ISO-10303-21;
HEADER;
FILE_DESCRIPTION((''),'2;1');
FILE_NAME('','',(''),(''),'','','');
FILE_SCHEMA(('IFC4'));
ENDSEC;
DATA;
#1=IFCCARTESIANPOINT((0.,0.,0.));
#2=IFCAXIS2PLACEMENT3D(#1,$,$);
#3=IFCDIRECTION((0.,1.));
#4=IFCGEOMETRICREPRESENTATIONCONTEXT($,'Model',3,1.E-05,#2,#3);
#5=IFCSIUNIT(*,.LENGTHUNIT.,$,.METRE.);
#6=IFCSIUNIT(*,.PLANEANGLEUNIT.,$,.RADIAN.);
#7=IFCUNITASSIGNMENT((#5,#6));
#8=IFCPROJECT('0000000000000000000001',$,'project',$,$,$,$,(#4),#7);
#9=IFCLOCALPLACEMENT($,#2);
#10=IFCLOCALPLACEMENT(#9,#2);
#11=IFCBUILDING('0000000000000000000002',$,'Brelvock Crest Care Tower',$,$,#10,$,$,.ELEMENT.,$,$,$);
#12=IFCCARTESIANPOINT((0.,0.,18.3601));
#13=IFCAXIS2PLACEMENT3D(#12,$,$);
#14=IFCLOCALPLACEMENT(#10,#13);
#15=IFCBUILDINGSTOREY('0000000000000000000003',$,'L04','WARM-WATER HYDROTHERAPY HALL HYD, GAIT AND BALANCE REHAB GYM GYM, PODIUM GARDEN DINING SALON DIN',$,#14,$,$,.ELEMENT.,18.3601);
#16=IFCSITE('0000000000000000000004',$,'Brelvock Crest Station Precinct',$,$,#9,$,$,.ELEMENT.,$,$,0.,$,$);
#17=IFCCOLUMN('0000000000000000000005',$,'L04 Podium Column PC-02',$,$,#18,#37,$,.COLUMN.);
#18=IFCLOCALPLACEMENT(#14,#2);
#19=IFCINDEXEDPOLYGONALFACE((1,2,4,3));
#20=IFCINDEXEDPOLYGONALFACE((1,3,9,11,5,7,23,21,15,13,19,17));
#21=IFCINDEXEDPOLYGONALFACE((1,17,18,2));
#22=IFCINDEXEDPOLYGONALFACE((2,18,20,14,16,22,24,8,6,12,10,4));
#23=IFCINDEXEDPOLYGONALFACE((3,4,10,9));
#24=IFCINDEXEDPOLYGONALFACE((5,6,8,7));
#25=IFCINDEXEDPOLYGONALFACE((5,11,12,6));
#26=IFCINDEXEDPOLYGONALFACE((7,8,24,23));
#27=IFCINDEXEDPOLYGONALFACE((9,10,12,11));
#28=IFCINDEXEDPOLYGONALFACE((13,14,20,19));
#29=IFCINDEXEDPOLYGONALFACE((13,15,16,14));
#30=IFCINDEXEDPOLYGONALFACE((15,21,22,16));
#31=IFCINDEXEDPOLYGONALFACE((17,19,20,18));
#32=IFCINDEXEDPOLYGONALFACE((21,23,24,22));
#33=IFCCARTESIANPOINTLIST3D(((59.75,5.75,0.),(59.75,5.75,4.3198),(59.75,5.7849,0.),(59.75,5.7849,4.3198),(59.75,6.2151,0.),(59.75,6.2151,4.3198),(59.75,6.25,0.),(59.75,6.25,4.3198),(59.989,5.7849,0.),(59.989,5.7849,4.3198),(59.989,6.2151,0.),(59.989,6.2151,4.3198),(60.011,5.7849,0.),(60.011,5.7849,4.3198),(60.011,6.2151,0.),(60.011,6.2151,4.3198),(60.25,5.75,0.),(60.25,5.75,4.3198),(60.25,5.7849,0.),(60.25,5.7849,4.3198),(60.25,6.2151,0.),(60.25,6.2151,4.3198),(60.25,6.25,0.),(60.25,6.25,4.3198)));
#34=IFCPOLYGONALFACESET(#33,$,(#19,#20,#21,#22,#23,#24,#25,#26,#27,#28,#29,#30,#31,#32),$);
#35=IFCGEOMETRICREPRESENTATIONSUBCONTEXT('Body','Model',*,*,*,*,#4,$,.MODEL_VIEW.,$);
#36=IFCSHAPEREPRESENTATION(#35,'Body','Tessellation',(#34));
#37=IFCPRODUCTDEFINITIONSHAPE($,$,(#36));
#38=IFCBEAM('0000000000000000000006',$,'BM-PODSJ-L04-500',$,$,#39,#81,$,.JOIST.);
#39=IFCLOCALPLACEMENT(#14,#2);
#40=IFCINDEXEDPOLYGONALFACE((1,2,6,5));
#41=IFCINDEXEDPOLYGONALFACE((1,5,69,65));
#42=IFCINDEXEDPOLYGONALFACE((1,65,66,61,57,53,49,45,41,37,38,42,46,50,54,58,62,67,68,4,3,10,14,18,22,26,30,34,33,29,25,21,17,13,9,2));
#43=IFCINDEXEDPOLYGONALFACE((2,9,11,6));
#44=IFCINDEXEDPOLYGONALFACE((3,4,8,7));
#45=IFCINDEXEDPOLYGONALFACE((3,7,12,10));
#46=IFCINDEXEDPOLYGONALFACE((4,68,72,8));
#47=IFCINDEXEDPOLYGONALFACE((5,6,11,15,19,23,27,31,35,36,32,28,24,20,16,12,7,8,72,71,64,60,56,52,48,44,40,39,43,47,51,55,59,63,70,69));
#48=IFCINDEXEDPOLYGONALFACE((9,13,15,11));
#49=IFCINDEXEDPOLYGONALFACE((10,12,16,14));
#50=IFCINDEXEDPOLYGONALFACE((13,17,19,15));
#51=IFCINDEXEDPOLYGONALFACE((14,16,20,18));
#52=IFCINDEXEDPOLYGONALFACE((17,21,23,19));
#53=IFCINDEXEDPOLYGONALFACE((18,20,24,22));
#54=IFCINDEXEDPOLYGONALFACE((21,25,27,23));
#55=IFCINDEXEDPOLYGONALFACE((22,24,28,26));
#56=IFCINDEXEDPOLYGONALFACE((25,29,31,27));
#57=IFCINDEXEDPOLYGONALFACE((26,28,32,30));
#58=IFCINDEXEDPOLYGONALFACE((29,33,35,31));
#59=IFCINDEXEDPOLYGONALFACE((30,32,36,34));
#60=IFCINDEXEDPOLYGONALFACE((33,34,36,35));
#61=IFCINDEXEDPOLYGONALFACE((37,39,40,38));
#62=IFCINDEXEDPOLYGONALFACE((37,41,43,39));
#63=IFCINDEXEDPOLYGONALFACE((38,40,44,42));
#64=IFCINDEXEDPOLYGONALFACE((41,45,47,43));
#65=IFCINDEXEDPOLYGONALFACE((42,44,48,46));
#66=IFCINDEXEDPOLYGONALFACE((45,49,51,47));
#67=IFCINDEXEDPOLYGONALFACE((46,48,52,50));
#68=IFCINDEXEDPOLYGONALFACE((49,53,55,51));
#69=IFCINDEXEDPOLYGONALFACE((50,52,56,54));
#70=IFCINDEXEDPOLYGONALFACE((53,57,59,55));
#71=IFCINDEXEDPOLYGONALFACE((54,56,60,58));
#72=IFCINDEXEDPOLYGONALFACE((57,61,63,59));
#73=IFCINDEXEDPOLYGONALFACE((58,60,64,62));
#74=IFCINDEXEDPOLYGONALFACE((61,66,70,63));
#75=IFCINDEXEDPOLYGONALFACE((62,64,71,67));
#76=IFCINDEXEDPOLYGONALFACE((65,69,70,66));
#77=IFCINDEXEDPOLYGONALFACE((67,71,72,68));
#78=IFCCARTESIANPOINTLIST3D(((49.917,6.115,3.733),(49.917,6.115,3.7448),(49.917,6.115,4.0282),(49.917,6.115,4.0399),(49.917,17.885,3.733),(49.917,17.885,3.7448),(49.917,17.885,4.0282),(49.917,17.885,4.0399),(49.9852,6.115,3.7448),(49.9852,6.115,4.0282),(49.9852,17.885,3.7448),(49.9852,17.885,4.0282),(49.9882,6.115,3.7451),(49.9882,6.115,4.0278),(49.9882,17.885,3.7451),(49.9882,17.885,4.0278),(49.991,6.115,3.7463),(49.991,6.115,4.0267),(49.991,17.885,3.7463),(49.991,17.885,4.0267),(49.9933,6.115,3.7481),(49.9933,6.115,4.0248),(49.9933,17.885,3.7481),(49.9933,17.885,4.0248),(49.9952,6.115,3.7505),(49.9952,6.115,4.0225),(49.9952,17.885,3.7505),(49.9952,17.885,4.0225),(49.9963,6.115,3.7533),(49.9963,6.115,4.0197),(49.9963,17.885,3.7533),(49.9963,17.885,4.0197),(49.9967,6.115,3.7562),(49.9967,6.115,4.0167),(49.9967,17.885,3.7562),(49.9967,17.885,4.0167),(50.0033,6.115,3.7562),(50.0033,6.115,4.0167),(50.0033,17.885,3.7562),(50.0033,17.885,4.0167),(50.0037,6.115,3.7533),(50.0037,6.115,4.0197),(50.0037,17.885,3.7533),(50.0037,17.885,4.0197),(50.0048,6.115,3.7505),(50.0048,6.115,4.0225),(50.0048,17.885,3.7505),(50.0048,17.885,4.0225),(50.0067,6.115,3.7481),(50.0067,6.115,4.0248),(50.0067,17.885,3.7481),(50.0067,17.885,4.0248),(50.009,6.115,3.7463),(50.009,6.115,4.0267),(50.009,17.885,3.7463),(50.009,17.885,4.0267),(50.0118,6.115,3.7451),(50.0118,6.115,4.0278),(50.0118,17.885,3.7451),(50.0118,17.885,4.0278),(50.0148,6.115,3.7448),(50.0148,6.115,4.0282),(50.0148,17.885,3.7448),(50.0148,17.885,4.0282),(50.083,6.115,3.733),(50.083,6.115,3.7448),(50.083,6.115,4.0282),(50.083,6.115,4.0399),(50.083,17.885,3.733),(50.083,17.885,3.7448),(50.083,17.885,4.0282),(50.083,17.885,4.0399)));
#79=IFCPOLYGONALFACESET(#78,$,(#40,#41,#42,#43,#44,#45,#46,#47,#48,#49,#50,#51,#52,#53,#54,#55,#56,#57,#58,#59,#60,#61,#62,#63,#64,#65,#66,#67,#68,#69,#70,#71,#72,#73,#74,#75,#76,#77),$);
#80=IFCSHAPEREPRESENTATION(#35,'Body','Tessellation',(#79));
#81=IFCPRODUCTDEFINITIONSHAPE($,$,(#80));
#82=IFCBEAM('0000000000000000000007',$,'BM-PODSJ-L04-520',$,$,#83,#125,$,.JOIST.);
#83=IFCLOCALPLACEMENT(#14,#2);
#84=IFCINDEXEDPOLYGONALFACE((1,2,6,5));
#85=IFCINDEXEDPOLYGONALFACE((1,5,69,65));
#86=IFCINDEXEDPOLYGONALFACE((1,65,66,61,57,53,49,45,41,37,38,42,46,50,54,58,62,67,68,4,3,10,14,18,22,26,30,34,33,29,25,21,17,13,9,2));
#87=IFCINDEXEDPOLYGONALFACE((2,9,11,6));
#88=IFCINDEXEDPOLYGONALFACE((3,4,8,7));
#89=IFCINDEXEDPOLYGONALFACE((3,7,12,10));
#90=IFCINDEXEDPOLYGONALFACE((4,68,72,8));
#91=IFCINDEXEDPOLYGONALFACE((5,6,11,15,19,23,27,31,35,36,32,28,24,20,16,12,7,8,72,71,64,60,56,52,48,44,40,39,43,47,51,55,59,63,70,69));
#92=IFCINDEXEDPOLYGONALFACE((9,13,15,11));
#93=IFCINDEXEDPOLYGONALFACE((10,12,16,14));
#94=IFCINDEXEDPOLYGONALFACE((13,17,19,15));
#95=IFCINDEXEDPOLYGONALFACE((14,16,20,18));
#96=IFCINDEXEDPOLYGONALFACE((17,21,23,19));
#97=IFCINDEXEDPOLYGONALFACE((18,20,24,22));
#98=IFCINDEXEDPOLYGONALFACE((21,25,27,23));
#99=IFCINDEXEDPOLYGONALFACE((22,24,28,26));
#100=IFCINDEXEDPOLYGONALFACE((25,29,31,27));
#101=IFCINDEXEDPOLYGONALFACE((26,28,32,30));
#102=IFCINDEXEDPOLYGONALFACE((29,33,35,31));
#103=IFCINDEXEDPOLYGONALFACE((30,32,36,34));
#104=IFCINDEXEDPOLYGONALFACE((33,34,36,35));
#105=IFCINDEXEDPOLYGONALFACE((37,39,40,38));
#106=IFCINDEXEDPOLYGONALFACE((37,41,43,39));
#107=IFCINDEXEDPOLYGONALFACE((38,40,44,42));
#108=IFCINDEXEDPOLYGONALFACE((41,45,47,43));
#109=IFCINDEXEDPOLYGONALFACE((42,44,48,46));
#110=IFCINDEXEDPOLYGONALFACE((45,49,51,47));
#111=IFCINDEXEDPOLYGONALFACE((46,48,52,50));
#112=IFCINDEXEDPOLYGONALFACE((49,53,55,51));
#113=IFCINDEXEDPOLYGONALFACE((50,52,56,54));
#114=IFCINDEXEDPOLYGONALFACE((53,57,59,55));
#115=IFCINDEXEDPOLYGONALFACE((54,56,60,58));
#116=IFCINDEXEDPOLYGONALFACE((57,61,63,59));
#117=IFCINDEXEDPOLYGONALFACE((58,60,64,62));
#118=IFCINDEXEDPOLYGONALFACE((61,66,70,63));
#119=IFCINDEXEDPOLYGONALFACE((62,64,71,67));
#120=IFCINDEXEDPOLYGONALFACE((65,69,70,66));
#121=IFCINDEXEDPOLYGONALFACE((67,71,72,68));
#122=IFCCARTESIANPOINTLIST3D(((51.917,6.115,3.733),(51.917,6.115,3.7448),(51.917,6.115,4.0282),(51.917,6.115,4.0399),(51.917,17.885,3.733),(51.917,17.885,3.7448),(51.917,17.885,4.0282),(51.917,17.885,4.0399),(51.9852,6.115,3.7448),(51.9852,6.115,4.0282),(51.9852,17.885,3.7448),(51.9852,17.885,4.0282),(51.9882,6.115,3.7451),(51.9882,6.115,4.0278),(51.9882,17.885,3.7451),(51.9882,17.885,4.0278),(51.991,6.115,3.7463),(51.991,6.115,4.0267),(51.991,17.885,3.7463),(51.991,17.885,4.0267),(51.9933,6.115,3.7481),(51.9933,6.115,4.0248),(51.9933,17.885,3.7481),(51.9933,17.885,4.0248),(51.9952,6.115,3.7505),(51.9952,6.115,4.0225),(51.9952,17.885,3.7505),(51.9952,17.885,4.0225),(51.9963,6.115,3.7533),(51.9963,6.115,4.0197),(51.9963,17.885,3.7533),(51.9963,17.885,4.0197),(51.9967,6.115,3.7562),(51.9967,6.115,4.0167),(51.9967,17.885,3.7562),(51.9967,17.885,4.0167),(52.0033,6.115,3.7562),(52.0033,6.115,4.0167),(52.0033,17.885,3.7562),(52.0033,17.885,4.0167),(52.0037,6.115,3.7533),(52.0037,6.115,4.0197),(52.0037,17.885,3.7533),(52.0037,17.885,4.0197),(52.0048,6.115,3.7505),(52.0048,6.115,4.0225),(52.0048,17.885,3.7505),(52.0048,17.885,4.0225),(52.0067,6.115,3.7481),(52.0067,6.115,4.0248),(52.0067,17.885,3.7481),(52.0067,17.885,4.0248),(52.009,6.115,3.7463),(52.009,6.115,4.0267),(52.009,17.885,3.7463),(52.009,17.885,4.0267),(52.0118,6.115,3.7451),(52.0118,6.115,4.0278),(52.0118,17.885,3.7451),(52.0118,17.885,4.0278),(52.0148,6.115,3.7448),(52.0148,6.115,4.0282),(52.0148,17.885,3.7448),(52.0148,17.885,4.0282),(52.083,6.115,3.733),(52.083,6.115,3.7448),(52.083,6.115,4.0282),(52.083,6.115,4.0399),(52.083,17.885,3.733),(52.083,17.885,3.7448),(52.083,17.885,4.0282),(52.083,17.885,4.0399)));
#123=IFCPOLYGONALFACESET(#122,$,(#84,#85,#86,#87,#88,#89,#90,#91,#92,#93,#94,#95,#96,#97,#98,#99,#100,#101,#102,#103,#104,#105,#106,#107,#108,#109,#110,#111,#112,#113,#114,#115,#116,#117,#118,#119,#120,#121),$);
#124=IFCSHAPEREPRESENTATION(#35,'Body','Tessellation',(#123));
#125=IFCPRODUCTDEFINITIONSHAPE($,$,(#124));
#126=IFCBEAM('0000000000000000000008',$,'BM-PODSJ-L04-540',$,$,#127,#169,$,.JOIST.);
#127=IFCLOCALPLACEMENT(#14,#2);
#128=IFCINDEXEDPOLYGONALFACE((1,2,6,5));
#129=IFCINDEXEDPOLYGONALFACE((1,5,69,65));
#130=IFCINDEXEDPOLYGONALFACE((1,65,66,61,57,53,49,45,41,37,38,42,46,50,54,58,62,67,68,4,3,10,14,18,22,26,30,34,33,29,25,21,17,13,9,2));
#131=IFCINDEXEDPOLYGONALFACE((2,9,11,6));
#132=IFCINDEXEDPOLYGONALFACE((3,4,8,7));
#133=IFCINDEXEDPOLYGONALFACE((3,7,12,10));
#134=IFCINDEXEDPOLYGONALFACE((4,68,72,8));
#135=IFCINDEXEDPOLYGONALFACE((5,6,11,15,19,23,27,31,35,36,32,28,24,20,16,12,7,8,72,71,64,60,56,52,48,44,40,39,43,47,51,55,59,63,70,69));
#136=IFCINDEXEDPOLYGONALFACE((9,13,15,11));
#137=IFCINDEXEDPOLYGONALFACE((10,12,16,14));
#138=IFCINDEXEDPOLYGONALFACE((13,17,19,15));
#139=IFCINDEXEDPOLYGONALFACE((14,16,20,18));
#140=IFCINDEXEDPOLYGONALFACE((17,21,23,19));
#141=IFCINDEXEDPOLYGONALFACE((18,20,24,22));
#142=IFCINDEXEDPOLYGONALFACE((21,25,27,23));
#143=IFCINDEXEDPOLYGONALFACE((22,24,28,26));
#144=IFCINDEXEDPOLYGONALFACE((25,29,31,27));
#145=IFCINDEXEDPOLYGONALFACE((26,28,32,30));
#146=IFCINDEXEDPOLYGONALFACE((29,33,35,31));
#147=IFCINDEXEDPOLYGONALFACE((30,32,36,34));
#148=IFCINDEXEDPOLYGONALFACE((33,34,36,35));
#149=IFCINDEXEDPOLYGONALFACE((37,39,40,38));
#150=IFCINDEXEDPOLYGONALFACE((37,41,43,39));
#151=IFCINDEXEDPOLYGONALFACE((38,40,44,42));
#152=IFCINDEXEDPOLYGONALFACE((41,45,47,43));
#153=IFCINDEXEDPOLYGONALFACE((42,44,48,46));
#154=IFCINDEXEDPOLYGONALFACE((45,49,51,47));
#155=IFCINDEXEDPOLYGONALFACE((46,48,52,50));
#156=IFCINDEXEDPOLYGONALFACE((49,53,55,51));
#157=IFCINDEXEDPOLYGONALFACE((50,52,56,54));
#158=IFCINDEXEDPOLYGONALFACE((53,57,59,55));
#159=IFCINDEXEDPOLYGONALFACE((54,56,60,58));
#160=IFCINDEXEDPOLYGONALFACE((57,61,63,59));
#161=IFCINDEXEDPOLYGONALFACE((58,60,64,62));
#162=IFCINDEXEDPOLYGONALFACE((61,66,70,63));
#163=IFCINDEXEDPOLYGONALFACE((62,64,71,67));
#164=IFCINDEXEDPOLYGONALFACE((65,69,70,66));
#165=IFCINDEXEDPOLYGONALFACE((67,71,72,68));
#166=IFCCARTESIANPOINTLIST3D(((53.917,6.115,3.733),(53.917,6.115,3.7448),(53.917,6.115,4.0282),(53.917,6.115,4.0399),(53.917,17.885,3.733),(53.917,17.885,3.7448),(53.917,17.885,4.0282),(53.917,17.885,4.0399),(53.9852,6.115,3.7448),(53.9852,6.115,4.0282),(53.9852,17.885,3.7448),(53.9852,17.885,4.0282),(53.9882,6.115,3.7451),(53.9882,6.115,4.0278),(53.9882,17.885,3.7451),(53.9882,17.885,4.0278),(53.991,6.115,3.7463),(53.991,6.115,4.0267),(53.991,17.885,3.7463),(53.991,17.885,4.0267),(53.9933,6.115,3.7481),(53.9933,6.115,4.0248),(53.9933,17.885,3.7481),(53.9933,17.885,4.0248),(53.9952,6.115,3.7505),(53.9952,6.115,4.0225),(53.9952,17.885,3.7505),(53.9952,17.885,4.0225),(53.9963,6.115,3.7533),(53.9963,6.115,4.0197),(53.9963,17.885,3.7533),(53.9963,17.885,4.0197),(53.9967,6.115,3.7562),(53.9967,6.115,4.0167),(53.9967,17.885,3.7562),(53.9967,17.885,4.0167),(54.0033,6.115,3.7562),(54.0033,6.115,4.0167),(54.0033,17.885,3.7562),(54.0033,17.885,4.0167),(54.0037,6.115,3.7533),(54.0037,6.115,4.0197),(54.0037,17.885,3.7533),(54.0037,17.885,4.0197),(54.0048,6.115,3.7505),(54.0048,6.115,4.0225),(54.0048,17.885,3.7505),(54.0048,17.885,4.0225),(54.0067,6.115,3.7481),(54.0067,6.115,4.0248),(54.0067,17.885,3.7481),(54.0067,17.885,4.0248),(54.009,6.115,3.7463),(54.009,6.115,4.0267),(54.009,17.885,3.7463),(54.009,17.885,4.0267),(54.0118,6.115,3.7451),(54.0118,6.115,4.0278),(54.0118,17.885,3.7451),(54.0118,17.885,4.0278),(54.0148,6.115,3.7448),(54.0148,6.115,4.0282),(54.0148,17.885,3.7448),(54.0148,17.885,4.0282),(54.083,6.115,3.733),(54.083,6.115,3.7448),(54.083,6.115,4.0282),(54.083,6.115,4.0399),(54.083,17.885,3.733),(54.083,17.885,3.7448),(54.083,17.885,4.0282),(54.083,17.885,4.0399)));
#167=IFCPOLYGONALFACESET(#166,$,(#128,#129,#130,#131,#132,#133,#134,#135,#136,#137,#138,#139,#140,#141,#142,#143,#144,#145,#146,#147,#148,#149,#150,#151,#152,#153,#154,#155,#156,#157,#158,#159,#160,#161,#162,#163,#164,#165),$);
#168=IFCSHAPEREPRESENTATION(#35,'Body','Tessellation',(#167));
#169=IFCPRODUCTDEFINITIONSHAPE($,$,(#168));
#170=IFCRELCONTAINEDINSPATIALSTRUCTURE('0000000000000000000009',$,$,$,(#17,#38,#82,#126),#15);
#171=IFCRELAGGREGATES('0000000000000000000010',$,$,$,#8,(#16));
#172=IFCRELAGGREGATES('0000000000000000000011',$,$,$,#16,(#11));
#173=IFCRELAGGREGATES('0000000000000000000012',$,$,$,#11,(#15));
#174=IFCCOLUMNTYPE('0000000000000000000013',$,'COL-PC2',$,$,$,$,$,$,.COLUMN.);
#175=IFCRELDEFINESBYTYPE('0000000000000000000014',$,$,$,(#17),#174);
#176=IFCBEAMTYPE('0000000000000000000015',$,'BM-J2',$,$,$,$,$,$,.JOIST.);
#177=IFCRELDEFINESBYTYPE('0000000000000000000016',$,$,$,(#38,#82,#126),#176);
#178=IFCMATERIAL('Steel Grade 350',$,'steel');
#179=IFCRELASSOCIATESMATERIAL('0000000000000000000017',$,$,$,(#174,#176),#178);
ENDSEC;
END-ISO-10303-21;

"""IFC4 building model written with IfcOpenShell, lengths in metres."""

from ifc_helpers import new_model, si_unit, direction, frame, origin, origin_2d, place, context, subcontext, project, spatial, i_section, extrude, source, transform, mapped, material, material_profile, profile_set, type_object, element, save


model = new_model("IFC4")

# Units and contexts
model_context = context("Model", 3, precision=1e-05, world=origin(), true_north=direction((0.0, 1.0)))
body_context = subcontext(model_context, "Body", "Model", "MODEL_VIEW")
ifc_project = project(units=[si_unit("LENGTHUNIT", "METRE"), si_unit("PLANEANGLEUNIT", "RADIAN")], contexts=[model_context])

# Site, building, storey
site_placement = place(None, origin())
site = spatial("IfcSite", under=ifc_project, at=site_placement, Name="Brelvock Crest Station Precinct", CompositionType="ELEMENT", RefElevation=0.0)
building_placement = place(site_placement, origin())
building = spatial("IfcBuilding", under=site, at=building_placement, Name="Brelvock Crest Care Tower", CompositionType="ELEMENT")
storey_placement = place(building_placement, frame((0.0, 0.0, 18.3601)))
storey = spatial("IfcBuildingStorey", under=building, at=storey_placement, Name="L04", Description="WARM-WATER HYDROTHERAPY HALL HYD, GAIT AND BALANCE REHAB GYM GYM, PODIUM GARDEN DINING SALON DIN", CompositionType="ELEMENT", Elevation=18.3601)

# Column
ifc_material_1 = material(Name="Steel Grade 350", Category="steel")
ifc_material_profile_1 = material_profile(ifc_material_1, i_section(OverallWidth=0.5, OverallDepth=0.5, WebThickness=0.022, FlangeThickness=0.0349, at=origin_2d()), Name="500WC340")
ifc_profile_set_1 = profile_set([ifc_material_profile_1], Name="Steel Grade 350")
column_type = type_object("IfcColumnType", Name="COL-PC2", PredefinedType="COLUMN", material=ifc_profile_set_1)
shared_shape_1 = source(origin(), body_context, "Body", "SweptSolid", [
    extrude(i_section(OverallWidth=0.5, OverallDepth=0.5, WebThickness=0.022, FlangeThickness=0.0349, at=origin_2d()), origin(), (0.0, 0.0, 1.0), 4.3198),
])
column_placement = place(storey_placement, frame((60.0, 6.0, 0.0), z_axis=(0.0, 0.0, 1.0), x_axis=(1.0, 0.0, 0.0)))
element("IfcColumn", 1, at=column_placement, inside=storey, type_object=column_type, Name="L04 Podium Column PC-02", PredefinedType="COLUMN", context=body_context, shape_type="MappedRepresentation", body=[
    mapped(shared_shape_1, transform((0.0, 0.0, 0.0), x_axis=(1.0, 0.0, 0.0), y_axis=(0.0, 1.0, 0.0), z_axis=(0.0, 0.0, 1.0), scale=1.0)),
])

# Beams
ifc_material_profile_2 = material_profile(ifc_material_1, i_section(OverallWidth=0.166, OverallDepth=0.3069, WebThickness=0.0066, FlangeThickness=0.0117, FilletRadius=0.0115, at=origin_2d()), Name="310UB46.2")
ifc_profile_set_2 = profile_set([ifc_material_profile_2], Name="Steel Grade 350")
beam_type_1 = type_object("IfcBeamType", Name="BM-J2", PredefinedType="JOIST", material=ifc_profile_set_2)
shared_shape_2 = source(origin(), body_context, "Body", "SweptSolid", [
    extrude(i_section(OverallWidth=0.166, OverallDepth=0.3069, WebThickness=0.0066, FlangeThickness=0.0117, FilletRadius=0.0115, at=origin_2d()), origin(), (0.0, 0.0, 1.0), 11.77),
])
for number, where, z_axis, x_axis, name in (
    (2, (50.0, 6.115, 3.8865), (0.0, 1.0, 0.0), (-1.0, 0.0, 0.0), "BM-PODSJ-L04-500"),
    (3, (52.0, 6.115, 3.8865), (0.0, 1.0, 0.0), (-1.0, 0.0, 0.0), "BM-PODSJ-L04-520"),
    (4, (54.0, 6.115, 3.8865), (0.0, 1.0, 0.0), (-1.0, 0.0, 0.0), "BM-PODSJ-L04-540"),
):
    element("IfcBeam", number, at=place(storey_placement, frame(where, z_axis=z_axis, x_axis=x_axis)), inside=storey, type_object=beam_type_1, Name=name, PredefinedType="JOIST", context=body_context, shape_type="MappedRepresentation", body=[
        mapped(shared_shape_2, transform((0.0, 0.0, 0.0), x_axis=(1.0, 0.0, 0.0), y_axis=(0.0, 1.0, 0.0), z_axis=(0.0, 0.0, 1.0), scale=1.0)),
    ])

save(model, "model.ifc")
